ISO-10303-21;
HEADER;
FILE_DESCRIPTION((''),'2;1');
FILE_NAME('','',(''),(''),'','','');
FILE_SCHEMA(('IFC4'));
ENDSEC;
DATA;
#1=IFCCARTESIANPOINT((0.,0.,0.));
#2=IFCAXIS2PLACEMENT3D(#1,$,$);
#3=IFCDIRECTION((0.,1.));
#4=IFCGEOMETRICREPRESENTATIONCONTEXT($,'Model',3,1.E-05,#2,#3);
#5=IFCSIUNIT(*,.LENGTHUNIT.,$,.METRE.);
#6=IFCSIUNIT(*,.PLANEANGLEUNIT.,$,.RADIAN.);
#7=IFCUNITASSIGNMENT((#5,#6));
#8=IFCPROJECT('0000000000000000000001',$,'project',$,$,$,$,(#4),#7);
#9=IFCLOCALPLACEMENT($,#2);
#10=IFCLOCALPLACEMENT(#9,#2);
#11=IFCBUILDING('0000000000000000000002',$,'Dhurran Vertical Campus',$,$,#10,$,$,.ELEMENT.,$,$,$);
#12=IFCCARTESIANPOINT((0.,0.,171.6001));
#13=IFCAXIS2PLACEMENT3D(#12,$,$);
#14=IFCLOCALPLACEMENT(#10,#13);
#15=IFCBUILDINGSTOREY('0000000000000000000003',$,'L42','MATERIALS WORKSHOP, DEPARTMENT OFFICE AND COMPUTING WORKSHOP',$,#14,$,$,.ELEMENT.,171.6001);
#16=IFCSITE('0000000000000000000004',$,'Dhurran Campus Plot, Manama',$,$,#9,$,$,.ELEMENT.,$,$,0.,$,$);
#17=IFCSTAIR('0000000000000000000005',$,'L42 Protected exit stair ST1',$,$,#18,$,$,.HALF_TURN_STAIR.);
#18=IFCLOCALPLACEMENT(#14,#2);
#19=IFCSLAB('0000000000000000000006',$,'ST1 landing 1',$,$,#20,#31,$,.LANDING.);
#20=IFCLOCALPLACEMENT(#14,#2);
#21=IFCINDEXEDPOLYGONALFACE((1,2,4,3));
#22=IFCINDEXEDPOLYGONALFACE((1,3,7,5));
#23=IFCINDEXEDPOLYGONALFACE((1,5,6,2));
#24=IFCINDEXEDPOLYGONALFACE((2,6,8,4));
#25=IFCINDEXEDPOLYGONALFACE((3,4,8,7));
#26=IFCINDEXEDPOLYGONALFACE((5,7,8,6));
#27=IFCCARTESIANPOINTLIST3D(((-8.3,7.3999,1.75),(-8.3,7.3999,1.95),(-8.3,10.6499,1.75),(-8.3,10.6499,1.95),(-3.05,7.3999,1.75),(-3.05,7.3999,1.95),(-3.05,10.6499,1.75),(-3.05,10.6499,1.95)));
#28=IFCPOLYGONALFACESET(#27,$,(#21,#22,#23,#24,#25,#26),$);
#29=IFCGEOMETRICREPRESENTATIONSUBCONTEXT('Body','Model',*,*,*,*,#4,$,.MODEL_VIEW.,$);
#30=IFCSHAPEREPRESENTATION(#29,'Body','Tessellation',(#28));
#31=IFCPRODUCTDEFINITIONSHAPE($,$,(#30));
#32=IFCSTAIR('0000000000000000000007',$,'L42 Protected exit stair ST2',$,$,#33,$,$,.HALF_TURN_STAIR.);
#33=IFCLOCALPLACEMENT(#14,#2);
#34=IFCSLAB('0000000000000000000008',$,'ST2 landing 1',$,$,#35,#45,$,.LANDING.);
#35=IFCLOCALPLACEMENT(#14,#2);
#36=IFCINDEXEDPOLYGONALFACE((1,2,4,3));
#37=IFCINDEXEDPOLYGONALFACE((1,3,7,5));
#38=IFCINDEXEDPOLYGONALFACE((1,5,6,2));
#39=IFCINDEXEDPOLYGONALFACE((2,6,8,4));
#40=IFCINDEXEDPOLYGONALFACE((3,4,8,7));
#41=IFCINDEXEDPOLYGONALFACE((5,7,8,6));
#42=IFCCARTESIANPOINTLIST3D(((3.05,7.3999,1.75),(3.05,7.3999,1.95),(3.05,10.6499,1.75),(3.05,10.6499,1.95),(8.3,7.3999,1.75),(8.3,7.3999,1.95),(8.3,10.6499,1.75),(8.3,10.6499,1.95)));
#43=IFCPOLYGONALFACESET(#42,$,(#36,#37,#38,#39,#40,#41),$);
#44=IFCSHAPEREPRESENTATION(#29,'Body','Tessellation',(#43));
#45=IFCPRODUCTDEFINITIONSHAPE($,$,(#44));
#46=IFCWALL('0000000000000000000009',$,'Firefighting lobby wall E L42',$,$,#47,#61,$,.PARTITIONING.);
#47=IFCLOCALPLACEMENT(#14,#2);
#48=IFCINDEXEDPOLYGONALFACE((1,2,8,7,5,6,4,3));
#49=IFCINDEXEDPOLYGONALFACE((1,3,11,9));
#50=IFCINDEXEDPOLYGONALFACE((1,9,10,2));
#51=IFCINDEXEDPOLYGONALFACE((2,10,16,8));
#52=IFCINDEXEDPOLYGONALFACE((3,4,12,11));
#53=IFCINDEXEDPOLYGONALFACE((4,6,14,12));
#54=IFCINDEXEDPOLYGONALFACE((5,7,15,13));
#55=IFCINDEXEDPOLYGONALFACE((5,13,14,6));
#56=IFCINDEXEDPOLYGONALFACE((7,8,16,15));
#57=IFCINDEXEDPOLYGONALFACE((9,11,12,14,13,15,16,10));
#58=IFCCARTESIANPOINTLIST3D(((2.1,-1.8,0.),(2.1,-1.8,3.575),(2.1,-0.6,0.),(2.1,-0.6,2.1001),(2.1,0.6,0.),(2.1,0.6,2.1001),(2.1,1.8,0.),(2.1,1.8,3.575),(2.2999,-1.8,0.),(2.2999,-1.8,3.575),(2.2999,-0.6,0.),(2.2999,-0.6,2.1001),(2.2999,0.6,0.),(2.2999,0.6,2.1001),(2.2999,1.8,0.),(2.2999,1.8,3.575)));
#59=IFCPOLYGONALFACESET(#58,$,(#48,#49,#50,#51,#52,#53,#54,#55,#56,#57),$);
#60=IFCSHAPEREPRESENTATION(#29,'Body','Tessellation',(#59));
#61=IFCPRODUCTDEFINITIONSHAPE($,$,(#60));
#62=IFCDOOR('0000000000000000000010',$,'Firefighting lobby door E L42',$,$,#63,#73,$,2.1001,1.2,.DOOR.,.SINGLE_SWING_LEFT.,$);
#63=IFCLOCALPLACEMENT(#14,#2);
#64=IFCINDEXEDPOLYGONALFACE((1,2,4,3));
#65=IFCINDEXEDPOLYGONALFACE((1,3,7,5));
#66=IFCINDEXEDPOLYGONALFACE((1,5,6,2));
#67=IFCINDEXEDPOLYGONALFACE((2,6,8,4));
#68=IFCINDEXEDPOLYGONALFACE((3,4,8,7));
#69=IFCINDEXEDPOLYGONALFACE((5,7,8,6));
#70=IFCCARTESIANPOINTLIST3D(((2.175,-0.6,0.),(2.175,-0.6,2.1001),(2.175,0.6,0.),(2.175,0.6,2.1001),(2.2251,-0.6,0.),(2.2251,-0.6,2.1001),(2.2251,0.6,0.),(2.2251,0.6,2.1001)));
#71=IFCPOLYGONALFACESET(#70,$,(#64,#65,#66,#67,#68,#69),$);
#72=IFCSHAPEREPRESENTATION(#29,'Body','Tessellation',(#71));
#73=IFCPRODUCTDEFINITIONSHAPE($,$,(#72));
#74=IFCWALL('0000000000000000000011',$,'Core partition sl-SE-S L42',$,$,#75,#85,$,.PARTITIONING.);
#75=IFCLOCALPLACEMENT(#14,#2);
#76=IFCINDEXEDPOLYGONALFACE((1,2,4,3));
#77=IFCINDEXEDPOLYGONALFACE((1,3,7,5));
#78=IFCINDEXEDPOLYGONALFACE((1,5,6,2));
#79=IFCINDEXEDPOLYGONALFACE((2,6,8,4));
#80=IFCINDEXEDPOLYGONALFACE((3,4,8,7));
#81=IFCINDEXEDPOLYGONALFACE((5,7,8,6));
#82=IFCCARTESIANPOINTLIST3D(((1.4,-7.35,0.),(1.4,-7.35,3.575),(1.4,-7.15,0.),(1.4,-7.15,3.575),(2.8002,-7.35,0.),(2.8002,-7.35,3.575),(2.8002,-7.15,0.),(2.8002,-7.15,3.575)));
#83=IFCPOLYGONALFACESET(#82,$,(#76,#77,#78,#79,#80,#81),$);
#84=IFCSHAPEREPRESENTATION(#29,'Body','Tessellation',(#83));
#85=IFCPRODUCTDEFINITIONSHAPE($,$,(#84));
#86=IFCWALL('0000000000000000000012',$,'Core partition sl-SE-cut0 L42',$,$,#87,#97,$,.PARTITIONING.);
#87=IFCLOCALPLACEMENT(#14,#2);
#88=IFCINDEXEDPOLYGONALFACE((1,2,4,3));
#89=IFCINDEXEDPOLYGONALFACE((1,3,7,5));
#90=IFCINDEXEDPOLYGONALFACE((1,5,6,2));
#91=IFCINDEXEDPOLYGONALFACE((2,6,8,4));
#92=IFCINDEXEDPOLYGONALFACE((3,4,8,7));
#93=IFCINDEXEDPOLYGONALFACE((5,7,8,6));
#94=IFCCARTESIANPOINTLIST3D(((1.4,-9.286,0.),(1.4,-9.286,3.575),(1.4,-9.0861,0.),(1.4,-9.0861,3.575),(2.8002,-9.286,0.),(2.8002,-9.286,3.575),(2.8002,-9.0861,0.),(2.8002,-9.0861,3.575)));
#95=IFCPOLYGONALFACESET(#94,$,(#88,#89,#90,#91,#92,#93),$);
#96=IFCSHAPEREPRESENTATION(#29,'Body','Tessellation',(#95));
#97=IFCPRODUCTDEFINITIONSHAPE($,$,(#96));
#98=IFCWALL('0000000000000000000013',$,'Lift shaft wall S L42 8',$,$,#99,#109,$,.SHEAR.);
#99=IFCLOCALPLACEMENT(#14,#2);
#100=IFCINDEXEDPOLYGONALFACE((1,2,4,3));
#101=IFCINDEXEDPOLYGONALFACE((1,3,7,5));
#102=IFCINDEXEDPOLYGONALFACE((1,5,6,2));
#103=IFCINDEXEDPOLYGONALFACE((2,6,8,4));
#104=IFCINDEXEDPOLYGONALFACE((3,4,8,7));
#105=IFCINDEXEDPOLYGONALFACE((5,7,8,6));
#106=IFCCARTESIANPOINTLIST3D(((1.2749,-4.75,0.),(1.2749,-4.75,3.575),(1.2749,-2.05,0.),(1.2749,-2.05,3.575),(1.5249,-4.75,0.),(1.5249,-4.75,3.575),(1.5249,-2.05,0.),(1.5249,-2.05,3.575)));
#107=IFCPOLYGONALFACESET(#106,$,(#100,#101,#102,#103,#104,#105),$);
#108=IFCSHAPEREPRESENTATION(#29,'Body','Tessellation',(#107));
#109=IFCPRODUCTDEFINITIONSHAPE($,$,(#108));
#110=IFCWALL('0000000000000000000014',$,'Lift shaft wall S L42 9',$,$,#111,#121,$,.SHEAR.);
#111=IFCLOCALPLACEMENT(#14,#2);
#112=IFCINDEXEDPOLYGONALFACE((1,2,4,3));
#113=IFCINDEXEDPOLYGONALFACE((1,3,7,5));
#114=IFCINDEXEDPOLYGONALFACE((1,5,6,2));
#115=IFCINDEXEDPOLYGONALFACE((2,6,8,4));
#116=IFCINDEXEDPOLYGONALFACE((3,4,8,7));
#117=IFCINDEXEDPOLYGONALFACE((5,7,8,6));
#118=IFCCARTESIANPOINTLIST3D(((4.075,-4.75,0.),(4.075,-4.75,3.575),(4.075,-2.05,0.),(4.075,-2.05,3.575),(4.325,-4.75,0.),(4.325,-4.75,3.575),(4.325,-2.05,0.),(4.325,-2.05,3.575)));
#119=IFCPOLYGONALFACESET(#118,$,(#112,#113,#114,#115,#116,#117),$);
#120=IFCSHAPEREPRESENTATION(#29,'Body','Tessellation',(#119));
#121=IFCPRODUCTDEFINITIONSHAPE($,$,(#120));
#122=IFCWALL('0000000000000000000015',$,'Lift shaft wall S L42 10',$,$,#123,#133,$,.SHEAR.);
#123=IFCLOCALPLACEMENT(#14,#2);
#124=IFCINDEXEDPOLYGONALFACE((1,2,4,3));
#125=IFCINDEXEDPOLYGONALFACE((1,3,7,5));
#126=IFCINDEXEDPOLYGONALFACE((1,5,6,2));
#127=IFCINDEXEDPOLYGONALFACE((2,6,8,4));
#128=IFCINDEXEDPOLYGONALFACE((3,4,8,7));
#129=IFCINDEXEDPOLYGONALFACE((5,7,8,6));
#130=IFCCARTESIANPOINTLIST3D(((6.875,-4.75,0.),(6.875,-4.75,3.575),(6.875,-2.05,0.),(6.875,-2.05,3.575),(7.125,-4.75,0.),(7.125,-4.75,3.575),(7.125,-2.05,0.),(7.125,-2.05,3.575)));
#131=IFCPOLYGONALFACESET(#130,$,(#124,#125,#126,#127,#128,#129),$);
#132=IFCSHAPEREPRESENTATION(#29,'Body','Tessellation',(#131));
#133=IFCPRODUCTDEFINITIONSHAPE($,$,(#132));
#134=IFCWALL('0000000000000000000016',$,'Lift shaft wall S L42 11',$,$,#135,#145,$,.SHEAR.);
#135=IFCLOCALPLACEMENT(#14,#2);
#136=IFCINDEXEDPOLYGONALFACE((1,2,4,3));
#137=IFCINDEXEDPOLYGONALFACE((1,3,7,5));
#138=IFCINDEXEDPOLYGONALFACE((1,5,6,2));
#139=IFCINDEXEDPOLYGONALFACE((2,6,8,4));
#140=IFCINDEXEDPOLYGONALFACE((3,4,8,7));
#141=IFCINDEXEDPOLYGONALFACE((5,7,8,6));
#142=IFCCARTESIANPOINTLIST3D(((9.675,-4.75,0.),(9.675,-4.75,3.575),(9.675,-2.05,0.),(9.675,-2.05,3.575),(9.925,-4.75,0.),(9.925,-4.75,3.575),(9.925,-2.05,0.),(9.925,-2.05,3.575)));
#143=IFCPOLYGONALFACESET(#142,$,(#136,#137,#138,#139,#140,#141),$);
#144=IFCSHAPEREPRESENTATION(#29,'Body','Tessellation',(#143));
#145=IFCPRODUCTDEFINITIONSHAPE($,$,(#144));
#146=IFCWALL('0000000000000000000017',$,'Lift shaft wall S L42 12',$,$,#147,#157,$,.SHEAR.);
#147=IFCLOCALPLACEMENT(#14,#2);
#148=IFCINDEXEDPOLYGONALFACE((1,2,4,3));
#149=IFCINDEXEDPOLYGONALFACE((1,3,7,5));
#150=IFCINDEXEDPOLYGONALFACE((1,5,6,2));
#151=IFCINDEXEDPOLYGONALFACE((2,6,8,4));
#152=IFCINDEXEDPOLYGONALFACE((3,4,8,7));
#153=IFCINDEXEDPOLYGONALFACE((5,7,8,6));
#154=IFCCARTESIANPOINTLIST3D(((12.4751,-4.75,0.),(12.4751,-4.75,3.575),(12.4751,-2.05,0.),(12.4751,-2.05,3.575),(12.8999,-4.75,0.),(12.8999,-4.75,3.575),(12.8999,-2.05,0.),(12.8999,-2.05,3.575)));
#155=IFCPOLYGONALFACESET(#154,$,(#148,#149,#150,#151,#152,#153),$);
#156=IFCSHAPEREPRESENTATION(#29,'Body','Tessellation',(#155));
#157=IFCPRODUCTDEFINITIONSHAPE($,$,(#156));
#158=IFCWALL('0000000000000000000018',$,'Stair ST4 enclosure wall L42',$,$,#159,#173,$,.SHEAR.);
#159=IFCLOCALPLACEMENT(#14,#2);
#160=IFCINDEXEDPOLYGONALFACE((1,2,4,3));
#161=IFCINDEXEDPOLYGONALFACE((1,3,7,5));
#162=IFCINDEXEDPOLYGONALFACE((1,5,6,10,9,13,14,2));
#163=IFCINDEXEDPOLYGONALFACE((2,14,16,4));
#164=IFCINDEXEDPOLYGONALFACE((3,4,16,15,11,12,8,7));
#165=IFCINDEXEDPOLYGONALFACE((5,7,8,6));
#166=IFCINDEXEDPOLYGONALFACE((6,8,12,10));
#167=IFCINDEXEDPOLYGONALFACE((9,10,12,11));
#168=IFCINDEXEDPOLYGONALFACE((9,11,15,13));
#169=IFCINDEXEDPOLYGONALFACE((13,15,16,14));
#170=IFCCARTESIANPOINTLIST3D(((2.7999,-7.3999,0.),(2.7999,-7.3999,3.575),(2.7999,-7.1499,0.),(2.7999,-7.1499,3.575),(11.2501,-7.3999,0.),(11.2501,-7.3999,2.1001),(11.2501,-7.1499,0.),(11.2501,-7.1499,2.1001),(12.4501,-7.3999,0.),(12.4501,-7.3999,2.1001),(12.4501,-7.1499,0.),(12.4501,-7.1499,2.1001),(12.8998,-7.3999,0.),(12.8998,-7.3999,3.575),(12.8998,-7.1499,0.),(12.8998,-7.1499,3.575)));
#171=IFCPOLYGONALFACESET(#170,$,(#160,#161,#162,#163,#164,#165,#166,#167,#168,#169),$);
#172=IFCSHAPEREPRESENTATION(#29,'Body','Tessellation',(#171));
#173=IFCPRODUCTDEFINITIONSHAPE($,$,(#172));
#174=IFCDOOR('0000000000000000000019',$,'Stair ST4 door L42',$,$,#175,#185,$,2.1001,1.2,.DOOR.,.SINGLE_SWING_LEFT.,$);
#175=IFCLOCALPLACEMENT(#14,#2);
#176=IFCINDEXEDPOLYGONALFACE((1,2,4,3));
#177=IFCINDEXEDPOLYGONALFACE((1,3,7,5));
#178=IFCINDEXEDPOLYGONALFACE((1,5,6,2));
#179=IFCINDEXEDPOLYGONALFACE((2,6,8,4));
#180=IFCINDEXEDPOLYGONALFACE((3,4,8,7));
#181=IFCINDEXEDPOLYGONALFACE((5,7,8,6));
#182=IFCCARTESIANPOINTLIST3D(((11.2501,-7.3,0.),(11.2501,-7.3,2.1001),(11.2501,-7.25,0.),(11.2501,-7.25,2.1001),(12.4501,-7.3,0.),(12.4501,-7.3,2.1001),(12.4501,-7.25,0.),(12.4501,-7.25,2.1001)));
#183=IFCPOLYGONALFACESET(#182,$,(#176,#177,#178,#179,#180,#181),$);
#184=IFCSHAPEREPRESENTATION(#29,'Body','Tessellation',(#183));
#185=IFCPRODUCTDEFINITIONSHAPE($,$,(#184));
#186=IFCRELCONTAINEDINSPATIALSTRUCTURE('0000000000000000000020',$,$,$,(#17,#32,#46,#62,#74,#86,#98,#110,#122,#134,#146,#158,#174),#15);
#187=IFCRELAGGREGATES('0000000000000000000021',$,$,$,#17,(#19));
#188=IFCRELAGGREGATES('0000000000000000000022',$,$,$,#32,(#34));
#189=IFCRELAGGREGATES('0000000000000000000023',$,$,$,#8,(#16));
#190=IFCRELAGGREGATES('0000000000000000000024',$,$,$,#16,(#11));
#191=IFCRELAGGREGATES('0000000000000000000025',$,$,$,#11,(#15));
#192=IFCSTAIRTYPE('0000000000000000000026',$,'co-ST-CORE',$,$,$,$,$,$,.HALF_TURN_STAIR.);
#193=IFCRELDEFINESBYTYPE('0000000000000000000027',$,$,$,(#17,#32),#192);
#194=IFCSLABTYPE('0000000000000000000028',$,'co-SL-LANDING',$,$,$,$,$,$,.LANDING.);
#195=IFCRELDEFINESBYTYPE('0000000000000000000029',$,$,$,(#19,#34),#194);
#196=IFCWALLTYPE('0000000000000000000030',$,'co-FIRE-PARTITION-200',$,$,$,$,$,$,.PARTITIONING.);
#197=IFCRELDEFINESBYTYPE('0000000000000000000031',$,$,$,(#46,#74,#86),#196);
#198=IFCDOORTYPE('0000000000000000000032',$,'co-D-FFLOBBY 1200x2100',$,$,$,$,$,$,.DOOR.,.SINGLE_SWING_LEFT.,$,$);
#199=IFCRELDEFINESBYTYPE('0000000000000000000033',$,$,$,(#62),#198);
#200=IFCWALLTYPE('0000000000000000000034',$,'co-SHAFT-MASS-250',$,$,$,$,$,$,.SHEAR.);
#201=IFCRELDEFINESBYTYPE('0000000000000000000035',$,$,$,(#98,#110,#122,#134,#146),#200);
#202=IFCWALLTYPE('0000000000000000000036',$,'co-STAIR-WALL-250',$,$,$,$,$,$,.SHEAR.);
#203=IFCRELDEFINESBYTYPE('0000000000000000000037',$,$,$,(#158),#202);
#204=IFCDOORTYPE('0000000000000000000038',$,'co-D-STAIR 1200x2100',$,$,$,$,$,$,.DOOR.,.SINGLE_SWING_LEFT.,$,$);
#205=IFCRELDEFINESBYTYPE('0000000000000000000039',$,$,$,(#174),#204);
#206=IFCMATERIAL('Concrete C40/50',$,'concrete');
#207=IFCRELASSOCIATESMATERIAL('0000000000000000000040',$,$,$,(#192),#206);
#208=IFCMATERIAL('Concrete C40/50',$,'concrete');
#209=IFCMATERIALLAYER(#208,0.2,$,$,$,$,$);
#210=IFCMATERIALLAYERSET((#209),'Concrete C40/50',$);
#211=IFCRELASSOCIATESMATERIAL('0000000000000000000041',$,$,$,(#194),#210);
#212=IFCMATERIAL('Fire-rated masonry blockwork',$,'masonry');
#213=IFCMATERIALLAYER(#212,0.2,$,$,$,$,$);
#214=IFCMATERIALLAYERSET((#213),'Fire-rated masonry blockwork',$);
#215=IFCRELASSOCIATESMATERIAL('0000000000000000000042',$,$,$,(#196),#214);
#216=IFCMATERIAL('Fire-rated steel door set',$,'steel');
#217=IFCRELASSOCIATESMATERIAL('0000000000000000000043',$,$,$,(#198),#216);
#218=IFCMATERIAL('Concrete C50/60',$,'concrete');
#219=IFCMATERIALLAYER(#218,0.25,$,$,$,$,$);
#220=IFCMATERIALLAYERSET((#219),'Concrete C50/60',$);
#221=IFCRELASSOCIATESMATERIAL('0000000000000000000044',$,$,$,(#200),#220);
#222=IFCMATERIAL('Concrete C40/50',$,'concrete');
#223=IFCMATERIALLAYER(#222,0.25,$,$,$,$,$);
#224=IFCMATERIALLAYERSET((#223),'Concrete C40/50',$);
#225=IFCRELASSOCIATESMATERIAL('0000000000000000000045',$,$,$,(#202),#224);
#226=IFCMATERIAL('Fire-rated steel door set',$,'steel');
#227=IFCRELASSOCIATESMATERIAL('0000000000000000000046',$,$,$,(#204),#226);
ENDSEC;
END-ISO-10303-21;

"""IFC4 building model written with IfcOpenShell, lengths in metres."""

from ifc_helpers import new_model, si_unit, direction, frame, frame_2d, origin, place, context, subcontext, project, spatial, polyline, rectangle, outline, extrude, material, layer, layer_set, type_object, element, fill, aggregate, save


model = new_model("IFC4")

# Units and contexts
model_context = context("Model", 3, precision=1e-05, world=origin(), true_north=direction((0.0, 1.0)))
body_context = subcontext(model_context, "Body", "Model", "MODEL_VIEW")
ifc_project = project(units=[si_unit("LENGTHUNIT", "METRE"), si_unit("PLANEANGLEUNIT", "RADIAN")], contexts=[model_context])

# Site, building, storey
site_placement = place(None, origin())
site = spatial("IfcSite", under=ifc_project, at=site_placement, Name="Dhurran Campus Plot, Manama", CompositionType="ELEMENT", RefElevation=0.0)
building_placement = place(site_placement, origin())
building = spatial("IfcBuilding", under=site, at=building_placement, Name="Dhurran Vertical Campus", CompositionType="ELEMENT")
storey_placement = place(building_placement, frame((0.0, 0.0, 171.6001)))
storey = spatial("IfcBuildingStorey", under=building, at=storey_placement, Name="L42", Description="MATERIALS WORKSHOP, DEPARTMENT OFFICE AND COMPUTING WORKSHOP", CompositionType="ELEMENT", Elevation=171.6001)

# Stairs, slabs
ifc_material_1 = material(Name="Concrete C40/50", Category="concrete")
stair_type = type_object("IfcStairType", Name="co-ST-CORE", PredefinedType="HALF_TURN_STAIR", material=ifc_material_1)
stair_1_placement = place(storey_placement, origin())
stair_1 = element("IfcStair", 1, at=stair_1_placement, inside=storey, type_object=stair_type, Name="L42 Protected exit stair ST1", PredefinedType="HALF_TURN_STAIR")
ifc_material_2 = material(Name="Concrete C40/50", Category="concrete")
ifc_layer_1 = layer(ifc_material_2, 0.2)
ifc_layer_set_1 = layer_set([ifc_layer_1], Name="Concrete C40/50")
slab_type = type_object("IfcSlabType", Name="co-SL-LANDING", PredefinedType="LANDING", material=ifc_layer_set_1)
slab_1_placement = place(storey_placement, frame((0.0, 0.0, 1.75)))
slab_1 = element("IfcSlab", 2, at=slab_1_placement, type_object=slab_type, Name="ST1 landing 1", PredefinedType="LANDING", context=body_context, shape_type="SweptSolid", body=[
    extrude(outline(polyline([(-8.3, 7.3999), (-3.05, 7.3999), (-3.05, 10.6499), (-8.3, 10.6499), (-8.3, 7.3999)])), origin(), (0.0, 0.0, 1.0), 0.2),
])
aggregate(stair_1, [slab_1])
stair_2_placement = place(storey_placement, origin())
stair_2 = element("IfcStair", 3, at=stair_2_placement, inside=storey, type_object=stair_type, Name="L42 Protected exit stair ST2", PredefinedType="HALF_TURN_STAIR")
slab_2_placement = place(storey_placement, frame((0.0, 0.0, 1.75)))
slab_2 = element("IfcSlab", 4, at=slab_2_placement, type_object=slab_type, Name="ST2 landing 1", PredefinedType="LANDING", context=body_context, shape_type="SweptSolid", body=[
    extrude(outline(polyline([(8.3, 10.6499), (3.05, 10.6499), (3.05, 7.3999), (8.3, 7.3999), (8.3, 10.6499)])), origin(), (0.0, 0.0, 1.0), 0.2),
])
aggregate(stair_2, [slab_2])

# Wall, opening, door
ifc_material_3 = material(Name="Fire-rated masonry blockwork", Category="masonry")
ifc_layer_2 = layer(ifc_material_3, 0.2)
ifc_layer_set_2 = layer_set([ifc_layer_2], Name="Fire-rated masonry blockwork")
wall_type_1 = type_object("IfcWallType", Name="co-FIRE-PARTITION-200", PredefinedType="PARTITIONING", material=ifc_layer_set_2)
wall_1_placement = place(storey_placement, frame((2.2, -1.8, 0.0), z_axis=(0.0, 0.0, 1.0), x_axis=(0.0, 1.0, 0.0)))
wall_1 = element("IfcWall", 5, at=wall_1_placement, inside=storey, type_object=wall_type_1, Name="Firefighting lobby wall E L42", PredefinedType="PARTITIONING", context=body_context, shape_type="SweptSolid", body=[
    extrude(rectangle(XDim=3.6001, YDim=0.2, at=frame_2d((1.8, 0.0))), origin(), (0.0, 0.0, 1.0), 3.575),
])
opening_1_placement = place(wall_1_placement, frame((1.2, 0.0, 0.0)))
opening_1 = element("IfcOpeningElement", 6, at=opening_1_placement, cuts=wall_1, PredefinedType="OPENING", context=body_context, shape_type="SweptSolid", body=[
    extrude(rectangle(XDim=1.2, YDim=2.1001, at=frame_2d((0.6001, 1.05))), frame((0.0, 0.1099, 0.0), z_axis=(0.0, -1.0, 0.0), x_axis=(1.0, 0.0, 0.0)), (0.0, 0.0, 1.0), 0.22),
])
ifc_material_4 = material(Name="Fire-rated steel door set", Category="steel")
door_type_1 = type_object("IfcDoorType", Name="co-D-FFLOBBY 1200x2100", OperationType="SINGLE_SWING_LEFT", PredefinedType="DOOR", material=ifc_material_4)
door_1_placement = place(opening_1_placement, origin())
door_1 = element("IfcDoor", 7, at=door_1_placement, inside=storey, type_object=door_type_1, Name="Firefighting lobby door E L42", OperationType="SINGLE_SWING_LEFT", OverallHeight=2.1001, OverallWidth=1.2, PredefinedType="DOOR", context=body_context, shape_type="SweptSolid", body=[
    extrude(rectangle(XDim=1.2, YDim=2.1001, at=frame_2d((0.6001, 1.05))), frame((0.0, 0.0249, 0.0), z_axis=(0.0, -1.0, 0.0), x_axis=(1.0, 0.0, 0.0)), (0.0, 0.0, 1.0), 0.05),
])
fill(opening_1, door_1)

# Walls
for number, where, z_axis, x_axis, name in (
    (8, (1.3999, -7.25, 0.0), (0.0, 0.0, 1.0), (1.0, 0.0, 0.0), "Core partition sl-SE-S L42"),
    (9, (1.3999, -9.186, 0.0), (0.0, 0.0, 1.0), (1.0, 0.0, 0.0), "Core partition sl-SE-cut0 L42"),
):
    element("IfcWall", number, at=place(storey_placement, frame(where, z_axis=z_axis, x_axis=x_axis)), inside=storey, type_object=wall_type_1, Name=name, PredefinedType="PARTITIONING", context=body_context, shape_type="SweptSolid", body=[
        extrude(rectangle(XDim=1.4001, YDim=0.2, at=frame_2d((0.7002, 0.0))), origin(), (0.0, 0.0, 1.0), 3.575),
    ])
ifc_material_5 = material(Name="Concrete C50/60", Category="concrete")
ifc_layer_3 = layer(ifc_material_5, 0.25)
ifc_layer_set_3 = layer_set([ifc_layer_3], Name="Concrete C50/60")
wall_type_2 = type_object("IfcWallType", Name="co-SHAFT-MASS-250", PredefinedType="SHEAR", material=ifc_layer_set_3)
wall_2_placement = place(storey_placement, origin())
element("IfcWall", 10, at=wall_2_placement, inside=storey, type_object=wall_type_2, Name="Lift shaft wall S L42 8", PredefinedType="SHEAR", context=body_context, shape_type="SweptSolid", body=[
    extrude(outline(polyline([(1.2749, -4.75), (1.5249, -4.75), (1.5249, -2.05), (1.2749, -2.05), (1.2749, -4.75)])), origin(), (0.0, 0.0, 1.0), 3.575),
])
wall_3_placement = place(storey_placement, origin())
element("IfcWall", 11, at=wall_3_placement, inside=storey, type_object=wall_type_2, Name="Lift shaft wall S L42 9", PredefinedType="SHEAR", context=body_context, shape_type="SweptSolid", body=[
    extrude(outline(polyline([(4.075, -4.75), (4.325, -4.75), (4.325, -2.05), (4.075, -2.05), (4.075, -4.75)])), origin(), (0.0, 0.0, 1.0), 3.575),
])
wall_4_placement = place(storey_placement, origin())
element("IfcWall", 12, at=wall_4_placement, inside=storey, type_object=wall_type_2, Name="Lift shaft wall S L42 10", PredefinedType="SHEAR", context=body_context, shape_type="SweptSolid", body=[
    extrude(outline(polyline([(6.875, -4.75), (7.125, -4.75), (7.125, -2.05), (6.875, -2.05), (6.875, -4.75)])), origin(), (0.0, 0.0, 1.0), 3.575),
])
wall_5_placement = place(storey_placement, origin())
element("IfcWall", 13, at=wall_5_placement, inside=storey, type_object=wall_type_2, Name="Lift shaft wall S L42 11", PredefinedType="SHEAR", context=body_context, shape_type="SweptSolid", body=[
    extrude(outline(polyline([(9.675, -4.75), (9.925, -4.75), (9.925, -2.05), (9.675, -2.05), (9.675, -4.75)])), origin(), (0.0, 0.0, 1.0), 3.575),
])
wall_6_placement = place(storey_placement, origin())
element("IfcWall", 14, at=wall_6_placement, inside=storey, type_object=wall_type_2, Name="Lift shaft wall S L42 12", PredefinedType="SHEAR", context=body_context, shape_type="SweptSolid", body=[
    extrude(outline(polyline([(12.4751, -4.75), (12.8999, -4.75), (12.8999, -2.05), (12.4751, -2.05), (12.4751, -4.75)])), origin(), (0.0, 0.0, 1.0), 3.575),
])

# Wall, opening, door
ifc_material_6 = material(Name="Concrete C40/50", Category="concrete")
ifc_layer_4 = layer(ifc_material_6, 0.25)
ifc_layer_set_4 = layer_set([ifc_layer_4], Name="Concrete C40/50")
wall_type_3 = type_object("IfcWallType", Name="co-STAIR-WALL-250", PredefinedType="SHEAR", material=ifc_layer_set_4)
wall_7_placement = place(storey_placement, frame((2.8, -7.2749, 0.0), z_axis=(0.0, 0.0, 1.0), x_axis=(1.0, 0.0, 0.0)))
wall_7 = element("IfcWall", 15, at=wall_7_placement, inside=storey, type_object=wall_type_3, Name="Stair ST4 enclosure wall L42", PredefinedType="SHEAR", context=body_context, shape_type="SweptSolid", body=[
    extrude(rectangle(XDim=10.0999, YDim=0.25, at=frame_2d((5.0498, 0.0))), origin(), (0.0, 0.0, 1.0), 3.575),
])
opening_2_placement = place(wall_7_placement, frame((8.45, 0.0, 0.0)))
opening_2 = element("IfcOpeningElement", 16, at=opening_2_placement, cuts=wall_7, PredefinedType="OPENING", context=body_context, shape_type="SweptSolid", body=[
    extrude(rectangle(XDim=1.2, YDim=2.1001, at=frame_2d((0.6001, 1.05))), frame((0.0, 0.135, 0.0), z_axis=(0.0, -1.0, 0.0), x_axis=(1.0, 0.0, 0.0)), (0.0, 0.0, 1.0), 0.27),
])
ifc_material_7 = material(Name="Fire-rated steel door set", Category="steel")
door_type_2 = type_object("IfcDoorType", Name="co-D-STAIR 1200x2100", OperationType="SINGLE_SWING_LEFT", PredefinedType="DOOR", material=ifc_material_7)
door_2_placement = place(opening_2_placement, origin())
door_2 = element("IfcDoor", 17, at=door_2_placement, inside=storey, type_object=door_type_2, Name="Stair ST4 door L42", OperationType="SINGLE_SWING_LEFT", OverallHeight=2.1001, OverallWidth=1.2, PredefinedType="DOOR", context=body_context, shape_type="SweptSolid", body=[
    extrude(rectangle(XDim=1.2, YDim=2.1001, at=frame_2d((0.6001, 1.05))), frame((0.0, 0.0249, 0.0), z_axis=(0.0, -1.0, 0.0), x_axis=(1.0, 0.0, 0.0)), (0.0, 0.0, 1.0), 0.05),
])
fill(opening_2, door_2)

save(model, "model.ifc")
